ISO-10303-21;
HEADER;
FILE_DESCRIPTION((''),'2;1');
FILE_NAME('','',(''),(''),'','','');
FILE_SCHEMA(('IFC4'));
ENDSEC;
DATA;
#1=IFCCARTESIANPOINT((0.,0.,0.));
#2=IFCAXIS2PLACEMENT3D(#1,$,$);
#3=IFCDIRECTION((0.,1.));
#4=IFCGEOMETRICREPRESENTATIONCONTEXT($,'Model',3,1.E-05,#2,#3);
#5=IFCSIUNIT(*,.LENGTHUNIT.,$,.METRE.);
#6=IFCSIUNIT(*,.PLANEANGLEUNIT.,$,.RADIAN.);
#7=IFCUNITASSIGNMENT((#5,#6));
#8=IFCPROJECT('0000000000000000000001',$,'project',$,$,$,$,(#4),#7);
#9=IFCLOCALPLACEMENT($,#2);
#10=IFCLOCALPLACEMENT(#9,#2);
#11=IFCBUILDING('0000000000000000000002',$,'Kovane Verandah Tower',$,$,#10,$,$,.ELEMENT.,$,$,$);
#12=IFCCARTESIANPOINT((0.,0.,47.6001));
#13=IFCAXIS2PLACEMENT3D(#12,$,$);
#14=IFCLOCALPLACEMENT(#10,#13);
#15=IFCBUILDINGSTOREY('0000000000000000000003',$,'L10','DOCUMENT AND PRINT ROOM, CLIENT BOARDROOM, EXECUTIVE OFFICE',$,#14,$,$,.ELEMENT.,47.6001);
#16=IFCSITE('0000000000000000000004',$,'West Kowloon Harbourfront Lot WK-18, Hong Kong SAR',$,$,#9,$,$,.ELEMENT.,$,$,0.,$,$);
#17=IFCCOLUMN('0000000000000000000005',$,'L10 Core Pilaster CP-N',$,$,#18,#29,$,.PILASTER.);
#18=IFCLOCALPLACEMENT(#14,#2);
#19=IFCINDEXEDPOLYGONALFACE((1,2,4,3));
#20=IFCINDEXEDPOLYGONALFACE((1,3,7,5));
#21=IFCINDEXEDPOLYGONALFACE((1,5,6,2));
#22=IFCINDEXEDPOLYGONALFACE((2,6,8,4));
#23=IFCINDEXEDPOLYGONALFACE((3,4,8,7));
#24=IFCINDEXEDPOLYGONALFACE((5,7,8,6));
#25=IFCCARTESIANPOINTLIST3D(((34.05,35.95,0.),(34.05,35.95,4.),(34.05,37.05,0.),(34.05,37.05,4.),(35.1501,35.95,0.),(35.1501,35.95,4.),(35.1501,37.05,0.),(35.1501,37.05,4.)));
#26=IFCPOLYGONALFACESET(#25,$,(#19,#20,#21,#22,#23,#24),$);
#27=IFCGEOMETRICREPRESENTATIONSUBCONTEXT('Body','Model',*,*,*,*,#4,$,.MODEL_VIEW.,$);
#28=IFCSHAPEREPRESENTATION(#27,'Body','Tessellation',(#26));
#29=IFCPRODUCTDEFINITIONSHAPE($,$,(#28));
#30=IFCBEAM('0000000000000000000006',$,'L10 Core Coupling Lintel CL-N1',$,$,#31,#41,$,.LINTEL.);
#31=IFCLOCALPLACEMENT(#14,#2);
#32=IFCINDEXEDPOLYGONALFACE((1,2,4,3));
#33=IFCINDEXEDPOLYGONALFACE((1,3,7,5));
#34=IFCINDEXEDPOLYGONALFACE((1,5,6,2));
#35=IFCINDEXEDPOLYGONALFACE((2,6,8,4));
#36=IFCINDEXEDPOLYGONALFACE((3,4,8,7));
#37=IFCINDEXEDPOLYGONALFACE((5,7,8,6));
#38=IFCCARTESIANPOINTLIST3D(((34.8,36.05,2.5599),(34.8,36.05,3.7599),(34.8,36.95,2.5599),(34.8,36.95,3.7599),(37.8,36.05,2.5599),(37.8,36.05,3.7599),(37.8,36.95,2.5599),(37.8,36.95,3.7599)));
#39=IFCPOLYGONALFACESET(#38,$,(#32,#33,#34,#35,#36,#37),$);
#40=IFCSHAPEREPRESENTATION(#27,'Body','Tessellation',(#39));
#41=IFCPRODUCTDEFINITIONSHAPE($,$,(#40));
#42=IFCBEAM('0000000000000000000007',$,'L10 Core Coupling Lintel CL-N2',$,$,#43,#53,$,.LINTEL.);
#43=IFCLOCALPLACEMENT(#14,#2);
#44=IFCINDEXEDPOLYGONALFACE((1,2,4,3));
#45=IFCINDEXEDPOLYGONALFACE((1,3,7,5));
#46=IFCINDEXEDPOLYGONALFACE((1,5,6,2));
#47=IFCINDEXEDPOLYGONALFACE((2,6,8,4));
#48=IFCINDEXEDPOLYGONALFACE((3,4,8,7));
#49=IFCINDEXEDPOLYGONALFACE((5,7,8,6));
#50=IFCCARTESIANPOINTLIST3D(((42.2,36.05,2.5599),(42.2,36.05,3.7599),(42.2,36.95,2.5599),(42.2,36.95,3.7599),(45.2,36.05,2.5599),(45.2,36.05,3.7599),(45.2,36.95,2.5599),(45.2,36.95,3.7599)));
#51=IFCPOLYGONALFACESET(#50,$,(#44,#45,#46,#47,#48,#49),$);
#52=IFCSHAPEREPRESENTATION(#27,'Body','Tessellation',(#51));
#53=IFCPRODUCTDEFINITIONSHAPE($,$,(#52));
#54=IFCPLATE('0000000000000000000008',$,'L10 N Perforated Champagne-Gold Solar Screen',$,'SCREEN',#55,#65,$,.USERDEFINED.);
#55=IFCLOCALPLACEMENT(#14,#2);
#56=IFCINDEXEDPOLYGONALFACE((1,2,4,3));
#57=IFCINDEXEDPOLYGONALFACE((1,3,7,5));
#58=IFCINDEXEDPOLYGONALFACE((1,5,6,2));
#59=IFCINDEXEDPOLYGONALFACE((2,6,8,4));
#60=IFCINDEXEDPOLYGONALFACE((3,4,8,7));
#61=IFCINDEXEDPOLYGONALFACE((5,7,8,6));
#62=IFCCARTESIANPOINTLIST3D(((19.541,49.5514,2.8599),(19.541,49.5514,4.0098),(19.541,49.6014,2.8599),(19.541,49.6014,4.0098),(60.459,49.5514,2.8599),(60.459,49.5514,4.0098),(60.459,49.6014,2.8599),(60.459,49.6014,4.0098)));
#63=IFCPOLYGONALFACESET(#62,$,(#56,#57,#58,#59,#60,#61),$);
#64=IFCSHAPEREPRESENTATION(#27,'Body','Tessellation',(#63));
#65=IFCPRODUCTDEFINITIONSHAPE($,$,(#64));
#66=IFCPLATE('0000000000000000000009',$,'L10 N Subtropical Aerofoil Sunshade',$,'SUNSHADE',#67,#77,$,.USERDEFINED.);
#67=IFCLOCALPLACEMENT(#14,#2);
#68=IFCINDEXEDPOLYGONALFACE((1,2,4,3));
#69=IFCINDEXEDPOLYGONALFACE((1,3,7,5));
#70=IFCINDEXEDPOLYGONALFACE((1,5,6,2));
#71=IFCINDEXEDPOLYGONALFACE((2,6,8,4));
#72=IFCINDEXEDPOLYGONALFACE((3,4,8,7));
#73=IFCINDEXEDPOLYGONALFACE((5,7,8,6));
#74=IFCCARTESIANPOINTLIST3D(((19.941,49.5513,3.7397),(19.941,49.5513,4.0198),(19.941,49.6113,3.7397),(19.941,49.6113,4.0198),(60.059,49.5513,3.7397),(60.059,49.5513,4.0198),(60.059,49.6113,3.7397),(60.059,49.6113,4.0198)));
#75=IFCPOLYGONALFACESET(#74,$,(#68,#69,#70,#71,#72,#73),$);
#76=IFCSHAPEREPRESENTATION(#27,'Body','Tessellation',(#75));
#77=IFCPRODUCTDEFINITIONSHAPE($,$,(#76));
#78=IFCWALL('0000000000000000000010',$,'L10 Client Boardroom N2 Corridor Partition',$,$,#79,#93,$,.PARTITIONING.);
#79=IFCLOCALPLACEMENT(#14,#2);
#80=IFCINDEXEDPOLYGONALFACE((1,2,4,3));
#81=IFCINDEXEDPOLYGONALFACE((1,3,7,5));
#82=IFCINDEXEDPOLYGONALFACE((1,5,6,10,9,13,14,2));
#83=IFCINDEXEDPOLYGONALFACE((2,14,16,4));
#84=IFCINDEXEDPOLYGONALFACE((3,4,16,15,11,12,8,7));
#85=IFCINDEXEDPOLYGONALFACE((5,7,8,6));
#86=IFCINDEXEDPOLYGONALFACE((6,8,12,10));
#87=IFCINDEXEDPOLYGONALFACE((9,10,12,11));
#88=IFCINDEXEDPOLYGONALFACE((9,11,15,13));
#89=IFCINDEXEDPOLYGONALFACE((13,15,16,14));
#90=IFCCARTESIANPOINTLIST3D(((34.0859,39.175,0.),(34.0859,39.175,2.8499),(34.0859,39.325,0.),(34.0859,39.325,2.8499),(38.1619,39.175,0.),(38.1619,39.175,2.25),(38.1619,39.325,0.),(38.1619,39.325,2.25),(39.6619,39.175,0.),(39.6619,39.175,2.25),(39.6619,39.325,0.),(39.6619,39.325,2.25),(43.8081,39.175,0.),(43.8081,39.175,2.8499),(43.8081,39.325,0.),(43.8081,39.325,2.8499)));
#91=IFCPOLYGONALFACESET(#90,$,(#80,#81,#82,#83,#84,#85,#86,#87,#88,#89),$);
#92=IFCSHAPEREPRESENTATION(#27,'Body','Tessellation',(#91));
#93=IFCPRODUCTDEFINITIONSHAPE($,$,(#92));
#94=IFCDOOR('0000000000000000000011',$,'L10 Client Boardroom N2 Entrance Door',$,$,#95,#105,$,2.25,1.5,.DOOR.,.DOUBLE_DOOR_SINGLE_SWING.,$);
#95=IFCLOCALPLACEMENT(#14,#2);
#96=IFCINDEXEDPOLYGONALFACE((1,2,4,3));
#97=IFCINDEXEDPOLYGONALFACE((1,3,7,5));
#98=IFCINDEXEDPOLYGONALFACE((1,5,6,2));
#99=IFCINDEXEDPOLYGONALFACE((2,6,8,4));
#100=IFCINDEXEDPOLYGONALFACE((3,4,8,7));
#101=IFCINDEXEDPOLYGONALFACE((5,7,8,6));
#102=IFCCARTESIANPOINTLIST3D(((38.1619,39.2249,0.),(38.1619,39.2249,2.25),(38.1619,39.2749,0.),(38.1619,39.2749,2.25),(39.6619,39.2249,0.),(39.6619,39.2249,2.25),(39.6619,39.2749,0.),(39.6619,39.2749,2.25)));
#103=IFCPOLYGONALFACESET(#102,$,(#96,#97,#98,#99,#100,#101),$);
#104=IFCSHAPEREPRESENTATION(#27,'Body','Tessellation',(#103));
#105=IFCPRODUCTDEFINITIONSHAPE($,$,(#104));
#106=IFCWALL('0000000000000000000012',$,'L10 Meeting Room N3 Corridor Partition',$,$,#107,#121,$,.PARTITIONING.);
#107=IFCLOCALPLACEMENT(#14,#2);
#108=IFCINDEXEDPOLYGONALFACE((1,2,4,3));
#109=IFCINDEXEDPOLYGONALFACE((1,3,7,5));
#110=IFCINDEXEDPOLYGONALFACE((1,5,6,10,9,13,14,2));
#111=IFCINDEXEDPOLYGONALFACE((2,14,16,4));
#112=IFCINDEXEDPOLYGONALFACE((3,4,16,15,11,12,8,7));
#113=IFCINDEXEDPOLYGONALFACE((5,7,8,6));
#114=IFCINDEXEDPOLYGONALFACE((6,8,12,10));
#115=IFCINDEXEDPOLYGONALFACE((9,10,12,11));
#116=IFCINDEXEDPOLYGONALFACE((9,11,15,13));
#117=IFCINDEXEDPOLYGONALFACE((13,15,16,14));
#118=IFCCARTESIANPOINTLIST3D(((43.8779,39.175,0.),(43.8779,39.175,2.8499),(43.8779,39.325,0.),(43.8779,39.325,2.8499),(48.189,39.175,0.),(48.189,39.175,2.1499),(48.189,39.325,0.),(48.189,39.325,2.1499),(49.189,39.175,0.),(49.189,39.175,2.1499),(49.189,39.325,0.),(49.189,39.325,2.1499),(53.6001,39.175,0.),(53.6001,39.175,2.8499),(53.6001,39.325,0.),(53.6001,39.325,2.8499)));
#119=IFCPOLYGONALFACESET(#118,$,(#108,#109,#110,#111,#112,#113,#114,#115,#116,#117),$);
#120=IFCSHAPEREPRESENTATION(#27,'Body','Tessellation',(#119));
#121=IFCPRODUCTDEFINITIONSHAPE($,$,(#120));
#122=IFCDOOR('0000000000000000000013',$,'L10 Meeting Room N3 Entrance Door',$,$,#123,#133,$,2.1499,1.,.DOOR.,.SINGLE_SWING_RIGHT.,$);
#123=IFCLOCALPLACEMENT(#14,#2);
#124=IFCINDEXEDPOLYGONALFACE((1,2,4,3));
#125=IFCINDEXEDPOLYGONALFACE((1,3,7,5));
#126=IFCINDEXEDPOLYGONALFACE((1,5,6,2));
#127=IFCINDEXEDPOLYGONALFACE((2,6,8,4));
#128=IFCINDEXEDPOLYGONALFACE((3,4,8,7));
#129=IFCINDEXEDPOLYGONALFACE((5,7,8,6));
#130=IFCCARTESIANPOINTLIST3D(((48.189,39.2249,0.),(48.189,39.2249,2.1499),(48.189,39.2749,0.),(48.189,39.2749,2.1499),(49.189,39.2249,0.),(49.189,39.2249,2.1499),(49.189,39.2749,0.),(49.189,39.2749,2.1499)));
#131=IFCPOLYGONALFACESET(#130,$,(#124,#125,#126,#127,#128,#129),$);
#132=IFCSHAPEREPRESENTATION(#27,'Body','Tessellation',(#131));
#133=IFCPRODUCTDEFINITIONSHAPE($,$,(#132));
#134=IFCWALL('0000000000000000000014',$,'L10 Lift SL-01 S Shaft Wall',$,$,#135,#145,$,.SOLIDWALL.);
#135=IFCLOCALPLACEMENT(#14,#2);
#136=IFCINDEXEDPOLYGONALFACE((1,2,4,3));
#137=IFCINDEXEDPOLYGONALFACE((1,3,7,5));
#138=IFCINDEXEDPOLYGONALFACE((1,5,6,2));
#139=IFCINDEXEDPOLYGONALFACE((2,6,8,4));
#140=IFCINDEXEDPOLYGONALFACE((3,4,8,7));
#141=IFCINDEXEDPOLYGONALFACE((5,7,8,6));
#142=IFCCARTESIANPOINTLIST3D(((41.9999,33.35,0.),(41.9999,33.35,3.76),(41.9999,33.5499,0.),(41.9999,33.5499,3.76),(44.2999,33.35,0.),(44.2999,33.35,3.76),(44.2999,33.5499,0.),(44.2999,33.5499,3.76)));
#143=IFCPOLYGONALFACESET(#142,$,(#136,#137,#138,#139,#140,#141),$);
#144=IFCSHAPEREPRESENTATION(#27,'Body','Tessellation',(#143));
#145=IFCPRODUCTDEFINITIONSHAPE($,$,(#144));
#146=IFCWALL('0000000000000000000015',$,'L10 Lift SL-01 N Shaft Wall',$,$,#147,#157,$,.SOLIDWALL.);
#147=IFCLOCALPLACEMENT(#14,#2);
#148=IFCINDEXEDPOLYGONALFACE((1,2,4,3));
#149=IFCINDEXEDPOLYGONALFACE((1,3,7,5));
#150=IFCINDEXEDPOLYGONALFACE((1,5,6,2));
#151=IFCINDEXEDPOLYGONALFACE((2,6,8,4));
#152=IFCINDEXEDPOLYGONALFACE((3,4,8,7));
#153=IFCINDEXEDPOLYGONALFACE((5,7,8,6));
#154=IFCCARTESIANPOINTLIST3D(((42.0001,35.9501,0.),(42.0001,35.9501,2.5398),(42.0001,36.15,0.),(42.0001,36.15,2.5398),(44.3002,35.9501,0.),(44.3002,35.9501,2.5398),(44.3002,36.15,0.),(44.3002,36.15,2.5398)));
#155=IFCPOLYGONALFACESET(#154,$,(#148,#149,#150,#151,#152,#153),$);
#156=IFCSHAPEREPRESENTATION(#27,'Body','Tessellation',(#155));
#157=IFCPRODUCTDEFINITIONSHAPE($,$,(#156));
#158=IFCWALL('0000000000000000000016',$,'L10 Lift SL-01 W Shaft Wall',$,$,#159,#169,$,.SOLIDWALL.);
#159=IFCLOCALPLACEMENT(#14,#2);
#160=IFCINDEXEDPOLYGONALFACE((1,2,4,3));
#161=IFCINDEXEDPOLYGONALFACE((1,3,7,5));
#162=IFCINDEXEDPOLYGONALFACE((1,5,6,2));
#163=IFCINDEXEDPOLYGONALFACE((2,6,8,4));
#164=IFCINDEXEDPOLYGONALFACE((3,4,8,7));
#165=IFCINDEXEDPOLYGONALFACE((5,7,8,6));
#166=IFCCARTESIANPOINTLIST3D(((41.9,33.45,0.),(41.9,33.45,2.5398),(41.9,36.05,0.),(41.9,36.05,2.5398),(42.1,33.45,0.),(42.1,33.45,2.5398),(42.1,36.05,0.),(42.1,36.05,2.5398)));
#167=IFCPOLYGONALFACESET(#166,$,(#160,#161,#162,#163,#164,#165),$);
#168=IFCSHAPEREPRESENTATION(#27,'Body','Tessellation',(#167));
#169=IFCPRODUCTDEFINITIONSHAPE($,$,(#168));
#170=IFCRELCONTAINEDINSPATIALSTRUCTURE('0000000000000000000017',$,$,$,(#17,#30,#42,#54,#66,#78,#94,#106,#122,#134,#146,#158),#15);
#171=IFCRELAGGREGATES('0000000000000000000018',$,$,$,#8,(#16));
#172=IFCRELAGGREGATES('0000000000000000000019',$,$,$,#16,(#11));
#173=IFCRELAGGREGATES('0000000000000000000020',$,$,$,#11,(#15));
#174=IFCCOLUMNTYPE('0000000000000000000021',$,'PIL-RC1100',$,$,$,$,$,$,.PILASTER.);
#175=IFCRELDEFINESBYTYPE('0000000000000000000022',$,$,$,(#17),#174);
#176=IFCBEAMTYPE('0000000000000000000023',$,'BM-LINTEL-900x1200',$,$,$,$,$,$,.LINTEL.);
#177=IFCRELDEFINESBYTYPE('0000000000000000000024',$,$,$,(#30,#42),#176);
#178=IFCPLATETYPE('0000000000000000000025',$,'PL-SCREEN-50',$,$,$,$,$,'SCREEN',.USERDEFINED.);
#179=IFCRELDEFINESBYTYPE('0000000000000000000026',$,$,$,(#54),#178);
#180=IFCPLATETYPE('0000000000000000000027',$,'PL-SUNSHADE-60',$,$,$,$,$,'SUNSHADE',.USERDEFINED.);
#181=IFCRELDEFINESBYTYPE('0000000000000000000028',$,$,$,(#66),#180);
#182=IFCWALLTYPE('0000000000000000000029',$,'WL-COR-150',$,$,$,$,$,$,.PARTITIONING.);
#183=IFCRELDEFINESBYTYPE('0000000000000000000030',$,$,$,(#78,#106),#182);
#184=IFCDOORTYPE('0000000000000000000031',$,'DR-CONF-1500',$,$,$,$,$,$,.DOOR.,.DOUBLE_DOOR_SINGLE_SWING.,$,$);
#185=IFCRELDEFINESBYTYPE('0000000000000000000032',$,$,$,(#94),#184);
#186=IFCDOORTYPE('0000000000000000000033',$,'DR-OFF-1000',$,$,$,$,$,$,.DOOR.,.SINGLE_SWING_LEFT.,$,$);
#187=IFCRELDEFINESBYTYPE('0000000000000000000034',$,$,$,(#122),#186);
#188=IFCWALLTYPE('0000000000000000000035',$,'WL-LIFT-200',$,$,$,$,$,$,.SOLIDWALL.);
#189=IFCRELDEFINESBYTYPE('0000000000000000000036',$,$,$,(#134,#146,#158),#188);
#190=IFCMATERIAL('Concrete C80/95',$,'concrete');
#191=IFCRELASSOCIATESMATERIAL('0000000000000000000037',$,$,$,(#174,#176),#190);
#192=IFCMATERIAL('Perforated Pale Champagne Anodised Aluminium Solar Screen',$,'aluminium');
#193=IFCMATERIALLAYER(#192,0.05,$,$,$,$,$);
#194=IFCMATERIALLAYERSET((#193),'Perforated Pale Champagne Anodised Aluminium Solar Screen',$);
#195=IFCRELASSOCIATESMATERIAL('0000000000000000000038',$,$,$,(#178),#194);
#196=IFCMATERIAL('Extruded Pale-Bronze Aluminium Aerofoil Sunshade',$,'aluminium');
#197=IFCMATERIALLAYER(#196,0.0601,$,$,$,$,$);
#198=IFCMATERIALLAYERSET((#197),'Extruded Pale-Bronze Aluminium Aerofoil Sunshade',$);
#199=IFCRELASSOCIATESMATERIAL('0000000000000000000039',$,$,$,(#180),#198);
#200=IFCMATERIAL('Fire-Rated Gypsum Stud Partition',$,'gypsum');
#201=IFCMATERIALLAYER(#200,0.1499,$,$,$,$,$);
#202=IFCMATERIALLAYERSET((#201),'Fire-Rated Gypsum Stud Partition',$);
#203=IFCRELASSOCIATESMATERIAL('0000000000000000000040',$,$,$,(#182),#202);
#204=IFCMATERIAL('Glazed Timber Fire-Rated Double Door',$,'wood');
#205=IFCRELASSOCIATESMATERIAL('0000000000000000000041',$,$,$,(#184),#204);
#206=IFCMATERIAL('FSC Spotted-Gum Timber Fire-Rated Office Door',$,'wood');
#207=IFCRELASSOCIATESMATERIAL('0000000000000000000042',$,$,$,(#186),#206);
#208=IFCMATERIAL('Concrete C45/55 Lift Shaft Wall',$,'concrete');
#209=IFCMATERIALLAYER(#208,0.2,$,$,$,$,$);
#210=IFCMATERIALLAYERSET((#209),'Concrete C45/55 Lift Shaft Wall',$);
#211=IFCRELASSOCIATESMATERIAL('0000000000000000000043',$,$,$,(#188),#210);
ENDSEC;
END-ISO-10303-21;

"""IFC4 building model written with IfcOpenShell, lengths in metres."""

from ifc_helpers import new_model, si_unit, direction, frame, frame_2d, origin, origin_2d, place, context, subcontext, project, spatial, rectangle, extrude, material, layer, layer_set, material_profile, profile_set, type_object, element, fill, save


model = new_model("IFC4")

# Units and contexts
model_context = context("Model", 3, precision=1e-05, world=origin(), true_north=direction((0.0, 1.0)))
body_context = subcontext(model_context, "Body", "Model", "MODEL_VIEW")
ifc_project = project(units=[si_unit("LENGTHUNIT", "METRE"), si_unit("PLANEANGLEUNIT", "RADIAN")], contexts=[model_context])

# Site, building, storey
site_placement = place(None, origin())
site = spatial("IfcSite", under=ifc_project, at=site_placement, Name="West Kowloon Harbourfront Lot WK-18, Hong Kong SAR", CompositionType="ELEMENT", RefElevation=0.0)
building_placement = place(site_placement, origin())
building = spatial("IfcBuilding", under=site, at=building_placement, Name="Kovane Verandah Tower", CompositionType="ELEMENT")
storey_placement = place(building_placement, frame((0.0, 0.0, 47.6001)))
storey = spatial("IfcBuildingStorey", under=building, at=storey_placement, Name="L10", Description="DOCUMENT AND PRINT ROOM, CLIENT BOARDROOM, EXECUTIVE OFFICE", CompositionType="ELEMENT", Elevation=47.6001)

# Column
ifc_material_1 = material(Name="Concrete C80/95", Category="concrete")
ifc_material_profile_1 = material_profile(ifc_material_1, rectangle(XDim=1.1001, YDim=1.1001, at=origin_2d()), Name="RC1100x1100")
ifc_profile_set_1 = profile_set([ifc_material_profile_1], Name="Concrete C80/95")
column_type = type_object("IfcColumnType", Name="PIL-RC1100", PredefinedType="PILASTER", material=ifc_profile_set_1)
column_placement = place(storey_placement, frame((34.6001, 36.5, 0.0), z_axis=(0.0, 0.0, 1.0), x_axis=(1.0, 0.0, 0.0)))
element("IfcColumn", 1, at=column_placement, inside=storey, type_object=column_type, Name="L10 Core Pilaster CP-N", PredefinedType="PILASTER", context=body_context, shape_type="SweptSolid", body=[
    extrude(rectangle(XDim=1.1001, YDim=1.1001, at=origin_2d()), origin(), (0.0, 0.0, 1.0), 4.0),
])

# Beams
ifc_material_profile_2 = material_profile(ifc_material_1, rectangle(XDim=0.8999, YDim=1.2, at=origin_2d()), Name="RCB900x1200")
ifc_profile_set_2 = profile_set([ifc_material_profile_2], Name="Concrete C80/95")
beam_type = type_object("IfcBeamType", Name="BM-LINTEL-900x1200", PredefinedType="LINTEL", material=ifc_profile_set_2)
for number, where, z_axis, x_axis, name in (
    (2, (34.8, 36.5, 3.1599), (1.0, 0.0, 0.0), (0.0, 1.0, 0.0), "L10 Core Coupling Lintel CL-N1"),
    (3, (42.2, 36.5, 3.1599), (1.0, 0.0, 0.0), (0.0, 1.0, 0.0), "L10 Core Coupling Lintel CL-N2"),
):
    element("IfcBeam", number, at=place(storey_placement, frame(where, z_axis=z_axis, x_axis=x_axis)), inside=storey, type_object=beam_type, Name=name, PredefinedType="LINTEL", context=body_context, shape_type="SweptSolid", body=[
        extrude(rectangle(XDim=0.8999, YDim=1.2, at=origin_2d()), origin(), (0.0, 0.0, 1.0), 3.0),
    ])

# Plates
ifc_material_2 = material(Name="Perforated Pale Champagne Anodised Aluminium Solar Screen", Category="aluminium")
ifc_layer_1 = layer(ifc_material_2, 0.05)
ifc_layer_set_1 = layer_set([ifc_layer_1], Name="Perforated Pale Champagne Anodised Aluminium Solar Screen")
plate_type_1 = type_object("IfcPlateType", Name="PL-SCREEN-50", ElementType="SCREEN", PredefinedType="USERDEFINED", material=ifc_layer_set_1)
plate_1_placement = place(storey_placement, frame((40.0, 49.5764, 2.8599), z_axis=(0.0, 0.0, 1.0), x_axis=(-1.0, 0.0, 0.0)))
element("IfcPlate", 4, at=plate_1_placement, inside=storey, type_object=plate_type_1, Name="L10 N Perforated Champagne-Gold Solar Screen", ObjectType="SCREEN", PredefinedType="USERDEFINED", context=body_context, shape_type="SweptSolid", body=[
    extrude(rectangle(XDim=40.918, YDim=0.05, at=origin_2d()), origin(), (0.0, 0.0, 1.0), 1.1499),
])
ifc_material_3 = material(Name="Extruded Pale-Bronze Aluminium Aerofoil Sunshade", Category="aluminium")
ifc_layer_2 = layer(ifc_material_3, 0.0601)
ifc_layer_set_2 = layer_set([ifc_layer_2], Name="Extruded Pale-Bronze Aluminium Aerofoil Sunshade")
plate_type_2 = type_object("IfcPlateType", Name="PL-SUNSHADE-60", ElementType="SUNSHADE", PredefinedType="USERDEFINED", material=ifc_layer_set_2)
plate_2_placement = place(storey_placement, frame((40.0, 49.5813, 3.7397), z_axis=(0.0, 0.0, 1.0), x_axis=(-1.0, 0.0, 0.0)))
element("IfcPlate", 5, at=plate_2_placement, inside=storey, type_object=plate_type_2, Name="L10 N Subtropical Aerofoil Sunshade", ObjectType="SUNSHADE", PredefinedType="USERDEFINED", context=body_context, shape_type="SweptSolid", body=[
    extrude(rectangle(XDim=40.1179, YDim=0.0601, at=origin_2d()), origin(), (0.0, 0.0, 1.0), 0.28),
])

# Walls, openings, doors
ifc_material_4 = material(Name="Fire-Rated Gypsum Stud Partition", Category="gypsum")
ifc_layer_3 = layer(ifc_material_4, 0.1499)
ifc_layer_set_3 = layer_set([ifc_layer_3], Name="Fire-Rated Gypsum Stud Partition")
wall_type_1 = type_object("IfcWallType", Name="WL-COR-150", PredefinedType="PARTITIONING", material=ifc_layer_set_3)
wall_1_placement = place(storey_placement, frame((34.0859, 39.25, 0.0), z_axis=(0.0, 0.0, 1.0), x_axis=(1.0, 0.0, 0.0)))
wall_1 = element("IfcWall", 6, at=wall_1_placement, inside=storey, type_object=wall_type_1, Name="L10 Client Boardroom N2 Corridor Partition", PredefinedType="PARTITIONING", context=body_context, shape_type="SweptSolid", body=[
    extrude(rectangle(XDim=9.7222, YDim=0.1499, at=frame_2d((4.8611, 0.0))), origin(), (0.0, 0.0, 1.0), 2.8499),
])
opening_1_placement = place(wall_1_placement, frame((4.0759, 0.0, 0.0)))
opening_1 = element("IfcOpeningElement", 7, at=opening_1_placement, cuts=wall_1, PredefinedType="OPENING", context=body_context, shape_type="SweptSolid", body=[
    extrude(rectangle(XDim=1.5, YDim=2.25, at=frame_2d((0.75, 1.125))), frame((0.0, 0.075, 0.0), z_axis=(0.0, -1.0, 0.0), x_axis=(1.0, 0.0, 0.0)), (0.0, 0.0, 1.0), 0.1499),
])
ifc_material_5 = material(Name="Glazed Timber Fire-Rated Double Door", Category="wood")
door_type_1 = type_object("IfcDoorType", Name="DR-CONF-1500", OperationType="DOUBLE_DOOR_SINGLE_SWING", PredefinedType="DOOR", material=ifc_material_5)
door_1_placement = place(opening_1_placement, origin())
door_1 = element("IfcDoor", 8, at=door_1_placement, inside=storey, type_object=door_type_1, Name="L10 Client Boardroom N2 Entrance Door", OperationType="DOUBLE_DOOR_SINGLE_SWING", OverallHeight=2.25, OverallWidth=1.5, PredefinedType="DOOR", context=body_context, shape_type="SweptSolid", body=[
    extrude(rectangle(XDim=1.5, YDim=2.25, at=frame_2d((0.75, 1.125))), frame((0.0, 0.0249, 0.0), z_axis=(0.0, -1.0, 0.0), x_axis=(1.0, 0.0, 0.0)), (0.0, 0.0, 1.0), 0.05),
])
fill(opening_1, door_1)
wall_2_placement = place(storey_placement, frame((43.8779, 39.25, 0.0), z_axis=(0.0, 0.0, 1.0), x_axis=(1.0, 0.0, 0.0)))
wall_2 = element("IfcWall", 9, at=wall_2_placement, inside=storey, type_object=wall_type_1, Name="L10 Meeting Room N3 Corridor Partition", PredefinedType="PARTITIONING", context=body_context, shape_type="SweptSolid", body=[
    extrude(rectangle(XDim=9.7222, YDim=0.1499, at=frame_2d((4.8611, 0.0))), origin(), (0.0, 0.0, 1.0), 2.8499),
])
opening_2_placement = place(wall_2_placement, frame((4.311, 0.0, 0.0)))
opening_2 = element("IfcOpeningElement", 10, at=opening_2_placement, cuts=wall_2, PredefinedType="OPENING", context=body_context, shape_type="SweptSolid", body=[
    extrude(rectangle(XDim=1.0, YDim=2.1499, at=frame_2d((0.5, 1.075))), frame((0.0, 0.075, 0.0), z_axis=(0.0, -1.0, 0.0), x_axis=(1.0, 0.0, 0.0)), (0.0, 0.0, 1.0), 0.1499),
])
ifc_material_6 = material(Name="FSC Spotted-Gum Timber Fire-Rated Office Door", Category="wood")
door_type_2 = type_object("IfcDoorType", Name="DR-OFF-1000", OperationType="SINGLE_SWING_LEFT", PredefinedType="DOOR", material=ifc_material_6)
door_2_placement = place(opening_2_placement, origin())
door_2 = element("IfcDoor", 11, at=door_2_placement, inside=storey, type_object=door_type_2, Name="L10 Meeting Room N3 Entrance Door", OperationType="SINGLE_SWING_RIGHT", OverallHeight=2.1499, OverallWidth=1.0, PredefinedType="DOOR", context=body_context, shape_type="SweptSolid", body=[
    extrude(rectangle(XDim=1.0, YDim=2.1499, at=frame_2d((0.5, 1.075))), frame((0.0, 0.0249, 0.0), z_axis=(0.0, -1.0, 0.0), x_axis=(1.0, 0.0, 0.0)), (0.0, 0.0, 1.0), 0.05),
])
fill(opening_2, door_2)

# Walls
ifc_material_7 = material(Name="Concrete C45/55 Lift Shaft Wall", Category="concrete")
ifc_layer_4 = layer(ifc_material_7, 0.2)
ifc_layer_set_4 = layer_set([ifc_layer_4], Name="Concrete C45/55 Lift Shaft Wall")
wall_type_2 = type_object("IfcWallType", Name="WL-LIFT-200", PredefinedType="SOLIDWALL", material=ifc_layer_set_4)
wall_3_placement = place(storey_placement, frame((42.0, 33.45, 0.0), z_axis=(0.0, 0.0, 1.0), x_axis=(1.0, 0.0, 0.0)))
element("IfcWall", 12, at=wall_3_placement, inside=storey, type_object=wall_type_2, Name="L10 Lift SL-01 S Shaft Wall", PredefinedType="SOLIDWALL", context=body_context, shape_type="SweptSolid", body=[
    extrude(rectangle(XDim=2.3, YDim=0.2, at=frame_2d((1.1499, 0.0))), origin(), (0.0, 0.0, 1.0), 3.76),
])
wall_4_placement = place(storey_placement, frame((44.3, 36.05, 0.0), z_axis=(0.0, 0.0, 1.0), x_axis=(-1.0, 0.0, 0.0)))
element("IfcWall", 13, at=wall_4_placement, inside=storey, type_object=wall_type_2, Name="L10 Lift SL-01 N Shaft Wall", PredefinedType="SOLIDWALL", context=body_context, shape_type="SweptSolid", body=[
    extrude(rectangle(XDim=2.3, YDim=0.2, at=frame_2d((1.1499, 0.0))), origin(), (0.0, 0.0, 1.0), 2.5398),
])
for number, where, z_axis, x_axis, name in (
    (14, (42.0, 36.05, 0.0), (0.0, 0.0, 1.0), (0.0, -1.0, 0.0), "L10 Lift SL-01 W Shaft Wall"),
):
    element("IfcWall", number, at=place(storey_placement, frame(where, z_axis=z_axis, x_axis=x_axis)), inside=storey, type_object=wall_type_2, Name=name, PredefinedType="SOLIDWALL", context=body_context, shape_type="SweptSolid", body=[
        extrude(rectangle(XDim=2.6001, YDim=0.2, at=frame_2d((1.3, 0.0))), origin(), (0.0, 0.0, 1.0), 2.5398),
    ])

save(model, "model.ifc")
